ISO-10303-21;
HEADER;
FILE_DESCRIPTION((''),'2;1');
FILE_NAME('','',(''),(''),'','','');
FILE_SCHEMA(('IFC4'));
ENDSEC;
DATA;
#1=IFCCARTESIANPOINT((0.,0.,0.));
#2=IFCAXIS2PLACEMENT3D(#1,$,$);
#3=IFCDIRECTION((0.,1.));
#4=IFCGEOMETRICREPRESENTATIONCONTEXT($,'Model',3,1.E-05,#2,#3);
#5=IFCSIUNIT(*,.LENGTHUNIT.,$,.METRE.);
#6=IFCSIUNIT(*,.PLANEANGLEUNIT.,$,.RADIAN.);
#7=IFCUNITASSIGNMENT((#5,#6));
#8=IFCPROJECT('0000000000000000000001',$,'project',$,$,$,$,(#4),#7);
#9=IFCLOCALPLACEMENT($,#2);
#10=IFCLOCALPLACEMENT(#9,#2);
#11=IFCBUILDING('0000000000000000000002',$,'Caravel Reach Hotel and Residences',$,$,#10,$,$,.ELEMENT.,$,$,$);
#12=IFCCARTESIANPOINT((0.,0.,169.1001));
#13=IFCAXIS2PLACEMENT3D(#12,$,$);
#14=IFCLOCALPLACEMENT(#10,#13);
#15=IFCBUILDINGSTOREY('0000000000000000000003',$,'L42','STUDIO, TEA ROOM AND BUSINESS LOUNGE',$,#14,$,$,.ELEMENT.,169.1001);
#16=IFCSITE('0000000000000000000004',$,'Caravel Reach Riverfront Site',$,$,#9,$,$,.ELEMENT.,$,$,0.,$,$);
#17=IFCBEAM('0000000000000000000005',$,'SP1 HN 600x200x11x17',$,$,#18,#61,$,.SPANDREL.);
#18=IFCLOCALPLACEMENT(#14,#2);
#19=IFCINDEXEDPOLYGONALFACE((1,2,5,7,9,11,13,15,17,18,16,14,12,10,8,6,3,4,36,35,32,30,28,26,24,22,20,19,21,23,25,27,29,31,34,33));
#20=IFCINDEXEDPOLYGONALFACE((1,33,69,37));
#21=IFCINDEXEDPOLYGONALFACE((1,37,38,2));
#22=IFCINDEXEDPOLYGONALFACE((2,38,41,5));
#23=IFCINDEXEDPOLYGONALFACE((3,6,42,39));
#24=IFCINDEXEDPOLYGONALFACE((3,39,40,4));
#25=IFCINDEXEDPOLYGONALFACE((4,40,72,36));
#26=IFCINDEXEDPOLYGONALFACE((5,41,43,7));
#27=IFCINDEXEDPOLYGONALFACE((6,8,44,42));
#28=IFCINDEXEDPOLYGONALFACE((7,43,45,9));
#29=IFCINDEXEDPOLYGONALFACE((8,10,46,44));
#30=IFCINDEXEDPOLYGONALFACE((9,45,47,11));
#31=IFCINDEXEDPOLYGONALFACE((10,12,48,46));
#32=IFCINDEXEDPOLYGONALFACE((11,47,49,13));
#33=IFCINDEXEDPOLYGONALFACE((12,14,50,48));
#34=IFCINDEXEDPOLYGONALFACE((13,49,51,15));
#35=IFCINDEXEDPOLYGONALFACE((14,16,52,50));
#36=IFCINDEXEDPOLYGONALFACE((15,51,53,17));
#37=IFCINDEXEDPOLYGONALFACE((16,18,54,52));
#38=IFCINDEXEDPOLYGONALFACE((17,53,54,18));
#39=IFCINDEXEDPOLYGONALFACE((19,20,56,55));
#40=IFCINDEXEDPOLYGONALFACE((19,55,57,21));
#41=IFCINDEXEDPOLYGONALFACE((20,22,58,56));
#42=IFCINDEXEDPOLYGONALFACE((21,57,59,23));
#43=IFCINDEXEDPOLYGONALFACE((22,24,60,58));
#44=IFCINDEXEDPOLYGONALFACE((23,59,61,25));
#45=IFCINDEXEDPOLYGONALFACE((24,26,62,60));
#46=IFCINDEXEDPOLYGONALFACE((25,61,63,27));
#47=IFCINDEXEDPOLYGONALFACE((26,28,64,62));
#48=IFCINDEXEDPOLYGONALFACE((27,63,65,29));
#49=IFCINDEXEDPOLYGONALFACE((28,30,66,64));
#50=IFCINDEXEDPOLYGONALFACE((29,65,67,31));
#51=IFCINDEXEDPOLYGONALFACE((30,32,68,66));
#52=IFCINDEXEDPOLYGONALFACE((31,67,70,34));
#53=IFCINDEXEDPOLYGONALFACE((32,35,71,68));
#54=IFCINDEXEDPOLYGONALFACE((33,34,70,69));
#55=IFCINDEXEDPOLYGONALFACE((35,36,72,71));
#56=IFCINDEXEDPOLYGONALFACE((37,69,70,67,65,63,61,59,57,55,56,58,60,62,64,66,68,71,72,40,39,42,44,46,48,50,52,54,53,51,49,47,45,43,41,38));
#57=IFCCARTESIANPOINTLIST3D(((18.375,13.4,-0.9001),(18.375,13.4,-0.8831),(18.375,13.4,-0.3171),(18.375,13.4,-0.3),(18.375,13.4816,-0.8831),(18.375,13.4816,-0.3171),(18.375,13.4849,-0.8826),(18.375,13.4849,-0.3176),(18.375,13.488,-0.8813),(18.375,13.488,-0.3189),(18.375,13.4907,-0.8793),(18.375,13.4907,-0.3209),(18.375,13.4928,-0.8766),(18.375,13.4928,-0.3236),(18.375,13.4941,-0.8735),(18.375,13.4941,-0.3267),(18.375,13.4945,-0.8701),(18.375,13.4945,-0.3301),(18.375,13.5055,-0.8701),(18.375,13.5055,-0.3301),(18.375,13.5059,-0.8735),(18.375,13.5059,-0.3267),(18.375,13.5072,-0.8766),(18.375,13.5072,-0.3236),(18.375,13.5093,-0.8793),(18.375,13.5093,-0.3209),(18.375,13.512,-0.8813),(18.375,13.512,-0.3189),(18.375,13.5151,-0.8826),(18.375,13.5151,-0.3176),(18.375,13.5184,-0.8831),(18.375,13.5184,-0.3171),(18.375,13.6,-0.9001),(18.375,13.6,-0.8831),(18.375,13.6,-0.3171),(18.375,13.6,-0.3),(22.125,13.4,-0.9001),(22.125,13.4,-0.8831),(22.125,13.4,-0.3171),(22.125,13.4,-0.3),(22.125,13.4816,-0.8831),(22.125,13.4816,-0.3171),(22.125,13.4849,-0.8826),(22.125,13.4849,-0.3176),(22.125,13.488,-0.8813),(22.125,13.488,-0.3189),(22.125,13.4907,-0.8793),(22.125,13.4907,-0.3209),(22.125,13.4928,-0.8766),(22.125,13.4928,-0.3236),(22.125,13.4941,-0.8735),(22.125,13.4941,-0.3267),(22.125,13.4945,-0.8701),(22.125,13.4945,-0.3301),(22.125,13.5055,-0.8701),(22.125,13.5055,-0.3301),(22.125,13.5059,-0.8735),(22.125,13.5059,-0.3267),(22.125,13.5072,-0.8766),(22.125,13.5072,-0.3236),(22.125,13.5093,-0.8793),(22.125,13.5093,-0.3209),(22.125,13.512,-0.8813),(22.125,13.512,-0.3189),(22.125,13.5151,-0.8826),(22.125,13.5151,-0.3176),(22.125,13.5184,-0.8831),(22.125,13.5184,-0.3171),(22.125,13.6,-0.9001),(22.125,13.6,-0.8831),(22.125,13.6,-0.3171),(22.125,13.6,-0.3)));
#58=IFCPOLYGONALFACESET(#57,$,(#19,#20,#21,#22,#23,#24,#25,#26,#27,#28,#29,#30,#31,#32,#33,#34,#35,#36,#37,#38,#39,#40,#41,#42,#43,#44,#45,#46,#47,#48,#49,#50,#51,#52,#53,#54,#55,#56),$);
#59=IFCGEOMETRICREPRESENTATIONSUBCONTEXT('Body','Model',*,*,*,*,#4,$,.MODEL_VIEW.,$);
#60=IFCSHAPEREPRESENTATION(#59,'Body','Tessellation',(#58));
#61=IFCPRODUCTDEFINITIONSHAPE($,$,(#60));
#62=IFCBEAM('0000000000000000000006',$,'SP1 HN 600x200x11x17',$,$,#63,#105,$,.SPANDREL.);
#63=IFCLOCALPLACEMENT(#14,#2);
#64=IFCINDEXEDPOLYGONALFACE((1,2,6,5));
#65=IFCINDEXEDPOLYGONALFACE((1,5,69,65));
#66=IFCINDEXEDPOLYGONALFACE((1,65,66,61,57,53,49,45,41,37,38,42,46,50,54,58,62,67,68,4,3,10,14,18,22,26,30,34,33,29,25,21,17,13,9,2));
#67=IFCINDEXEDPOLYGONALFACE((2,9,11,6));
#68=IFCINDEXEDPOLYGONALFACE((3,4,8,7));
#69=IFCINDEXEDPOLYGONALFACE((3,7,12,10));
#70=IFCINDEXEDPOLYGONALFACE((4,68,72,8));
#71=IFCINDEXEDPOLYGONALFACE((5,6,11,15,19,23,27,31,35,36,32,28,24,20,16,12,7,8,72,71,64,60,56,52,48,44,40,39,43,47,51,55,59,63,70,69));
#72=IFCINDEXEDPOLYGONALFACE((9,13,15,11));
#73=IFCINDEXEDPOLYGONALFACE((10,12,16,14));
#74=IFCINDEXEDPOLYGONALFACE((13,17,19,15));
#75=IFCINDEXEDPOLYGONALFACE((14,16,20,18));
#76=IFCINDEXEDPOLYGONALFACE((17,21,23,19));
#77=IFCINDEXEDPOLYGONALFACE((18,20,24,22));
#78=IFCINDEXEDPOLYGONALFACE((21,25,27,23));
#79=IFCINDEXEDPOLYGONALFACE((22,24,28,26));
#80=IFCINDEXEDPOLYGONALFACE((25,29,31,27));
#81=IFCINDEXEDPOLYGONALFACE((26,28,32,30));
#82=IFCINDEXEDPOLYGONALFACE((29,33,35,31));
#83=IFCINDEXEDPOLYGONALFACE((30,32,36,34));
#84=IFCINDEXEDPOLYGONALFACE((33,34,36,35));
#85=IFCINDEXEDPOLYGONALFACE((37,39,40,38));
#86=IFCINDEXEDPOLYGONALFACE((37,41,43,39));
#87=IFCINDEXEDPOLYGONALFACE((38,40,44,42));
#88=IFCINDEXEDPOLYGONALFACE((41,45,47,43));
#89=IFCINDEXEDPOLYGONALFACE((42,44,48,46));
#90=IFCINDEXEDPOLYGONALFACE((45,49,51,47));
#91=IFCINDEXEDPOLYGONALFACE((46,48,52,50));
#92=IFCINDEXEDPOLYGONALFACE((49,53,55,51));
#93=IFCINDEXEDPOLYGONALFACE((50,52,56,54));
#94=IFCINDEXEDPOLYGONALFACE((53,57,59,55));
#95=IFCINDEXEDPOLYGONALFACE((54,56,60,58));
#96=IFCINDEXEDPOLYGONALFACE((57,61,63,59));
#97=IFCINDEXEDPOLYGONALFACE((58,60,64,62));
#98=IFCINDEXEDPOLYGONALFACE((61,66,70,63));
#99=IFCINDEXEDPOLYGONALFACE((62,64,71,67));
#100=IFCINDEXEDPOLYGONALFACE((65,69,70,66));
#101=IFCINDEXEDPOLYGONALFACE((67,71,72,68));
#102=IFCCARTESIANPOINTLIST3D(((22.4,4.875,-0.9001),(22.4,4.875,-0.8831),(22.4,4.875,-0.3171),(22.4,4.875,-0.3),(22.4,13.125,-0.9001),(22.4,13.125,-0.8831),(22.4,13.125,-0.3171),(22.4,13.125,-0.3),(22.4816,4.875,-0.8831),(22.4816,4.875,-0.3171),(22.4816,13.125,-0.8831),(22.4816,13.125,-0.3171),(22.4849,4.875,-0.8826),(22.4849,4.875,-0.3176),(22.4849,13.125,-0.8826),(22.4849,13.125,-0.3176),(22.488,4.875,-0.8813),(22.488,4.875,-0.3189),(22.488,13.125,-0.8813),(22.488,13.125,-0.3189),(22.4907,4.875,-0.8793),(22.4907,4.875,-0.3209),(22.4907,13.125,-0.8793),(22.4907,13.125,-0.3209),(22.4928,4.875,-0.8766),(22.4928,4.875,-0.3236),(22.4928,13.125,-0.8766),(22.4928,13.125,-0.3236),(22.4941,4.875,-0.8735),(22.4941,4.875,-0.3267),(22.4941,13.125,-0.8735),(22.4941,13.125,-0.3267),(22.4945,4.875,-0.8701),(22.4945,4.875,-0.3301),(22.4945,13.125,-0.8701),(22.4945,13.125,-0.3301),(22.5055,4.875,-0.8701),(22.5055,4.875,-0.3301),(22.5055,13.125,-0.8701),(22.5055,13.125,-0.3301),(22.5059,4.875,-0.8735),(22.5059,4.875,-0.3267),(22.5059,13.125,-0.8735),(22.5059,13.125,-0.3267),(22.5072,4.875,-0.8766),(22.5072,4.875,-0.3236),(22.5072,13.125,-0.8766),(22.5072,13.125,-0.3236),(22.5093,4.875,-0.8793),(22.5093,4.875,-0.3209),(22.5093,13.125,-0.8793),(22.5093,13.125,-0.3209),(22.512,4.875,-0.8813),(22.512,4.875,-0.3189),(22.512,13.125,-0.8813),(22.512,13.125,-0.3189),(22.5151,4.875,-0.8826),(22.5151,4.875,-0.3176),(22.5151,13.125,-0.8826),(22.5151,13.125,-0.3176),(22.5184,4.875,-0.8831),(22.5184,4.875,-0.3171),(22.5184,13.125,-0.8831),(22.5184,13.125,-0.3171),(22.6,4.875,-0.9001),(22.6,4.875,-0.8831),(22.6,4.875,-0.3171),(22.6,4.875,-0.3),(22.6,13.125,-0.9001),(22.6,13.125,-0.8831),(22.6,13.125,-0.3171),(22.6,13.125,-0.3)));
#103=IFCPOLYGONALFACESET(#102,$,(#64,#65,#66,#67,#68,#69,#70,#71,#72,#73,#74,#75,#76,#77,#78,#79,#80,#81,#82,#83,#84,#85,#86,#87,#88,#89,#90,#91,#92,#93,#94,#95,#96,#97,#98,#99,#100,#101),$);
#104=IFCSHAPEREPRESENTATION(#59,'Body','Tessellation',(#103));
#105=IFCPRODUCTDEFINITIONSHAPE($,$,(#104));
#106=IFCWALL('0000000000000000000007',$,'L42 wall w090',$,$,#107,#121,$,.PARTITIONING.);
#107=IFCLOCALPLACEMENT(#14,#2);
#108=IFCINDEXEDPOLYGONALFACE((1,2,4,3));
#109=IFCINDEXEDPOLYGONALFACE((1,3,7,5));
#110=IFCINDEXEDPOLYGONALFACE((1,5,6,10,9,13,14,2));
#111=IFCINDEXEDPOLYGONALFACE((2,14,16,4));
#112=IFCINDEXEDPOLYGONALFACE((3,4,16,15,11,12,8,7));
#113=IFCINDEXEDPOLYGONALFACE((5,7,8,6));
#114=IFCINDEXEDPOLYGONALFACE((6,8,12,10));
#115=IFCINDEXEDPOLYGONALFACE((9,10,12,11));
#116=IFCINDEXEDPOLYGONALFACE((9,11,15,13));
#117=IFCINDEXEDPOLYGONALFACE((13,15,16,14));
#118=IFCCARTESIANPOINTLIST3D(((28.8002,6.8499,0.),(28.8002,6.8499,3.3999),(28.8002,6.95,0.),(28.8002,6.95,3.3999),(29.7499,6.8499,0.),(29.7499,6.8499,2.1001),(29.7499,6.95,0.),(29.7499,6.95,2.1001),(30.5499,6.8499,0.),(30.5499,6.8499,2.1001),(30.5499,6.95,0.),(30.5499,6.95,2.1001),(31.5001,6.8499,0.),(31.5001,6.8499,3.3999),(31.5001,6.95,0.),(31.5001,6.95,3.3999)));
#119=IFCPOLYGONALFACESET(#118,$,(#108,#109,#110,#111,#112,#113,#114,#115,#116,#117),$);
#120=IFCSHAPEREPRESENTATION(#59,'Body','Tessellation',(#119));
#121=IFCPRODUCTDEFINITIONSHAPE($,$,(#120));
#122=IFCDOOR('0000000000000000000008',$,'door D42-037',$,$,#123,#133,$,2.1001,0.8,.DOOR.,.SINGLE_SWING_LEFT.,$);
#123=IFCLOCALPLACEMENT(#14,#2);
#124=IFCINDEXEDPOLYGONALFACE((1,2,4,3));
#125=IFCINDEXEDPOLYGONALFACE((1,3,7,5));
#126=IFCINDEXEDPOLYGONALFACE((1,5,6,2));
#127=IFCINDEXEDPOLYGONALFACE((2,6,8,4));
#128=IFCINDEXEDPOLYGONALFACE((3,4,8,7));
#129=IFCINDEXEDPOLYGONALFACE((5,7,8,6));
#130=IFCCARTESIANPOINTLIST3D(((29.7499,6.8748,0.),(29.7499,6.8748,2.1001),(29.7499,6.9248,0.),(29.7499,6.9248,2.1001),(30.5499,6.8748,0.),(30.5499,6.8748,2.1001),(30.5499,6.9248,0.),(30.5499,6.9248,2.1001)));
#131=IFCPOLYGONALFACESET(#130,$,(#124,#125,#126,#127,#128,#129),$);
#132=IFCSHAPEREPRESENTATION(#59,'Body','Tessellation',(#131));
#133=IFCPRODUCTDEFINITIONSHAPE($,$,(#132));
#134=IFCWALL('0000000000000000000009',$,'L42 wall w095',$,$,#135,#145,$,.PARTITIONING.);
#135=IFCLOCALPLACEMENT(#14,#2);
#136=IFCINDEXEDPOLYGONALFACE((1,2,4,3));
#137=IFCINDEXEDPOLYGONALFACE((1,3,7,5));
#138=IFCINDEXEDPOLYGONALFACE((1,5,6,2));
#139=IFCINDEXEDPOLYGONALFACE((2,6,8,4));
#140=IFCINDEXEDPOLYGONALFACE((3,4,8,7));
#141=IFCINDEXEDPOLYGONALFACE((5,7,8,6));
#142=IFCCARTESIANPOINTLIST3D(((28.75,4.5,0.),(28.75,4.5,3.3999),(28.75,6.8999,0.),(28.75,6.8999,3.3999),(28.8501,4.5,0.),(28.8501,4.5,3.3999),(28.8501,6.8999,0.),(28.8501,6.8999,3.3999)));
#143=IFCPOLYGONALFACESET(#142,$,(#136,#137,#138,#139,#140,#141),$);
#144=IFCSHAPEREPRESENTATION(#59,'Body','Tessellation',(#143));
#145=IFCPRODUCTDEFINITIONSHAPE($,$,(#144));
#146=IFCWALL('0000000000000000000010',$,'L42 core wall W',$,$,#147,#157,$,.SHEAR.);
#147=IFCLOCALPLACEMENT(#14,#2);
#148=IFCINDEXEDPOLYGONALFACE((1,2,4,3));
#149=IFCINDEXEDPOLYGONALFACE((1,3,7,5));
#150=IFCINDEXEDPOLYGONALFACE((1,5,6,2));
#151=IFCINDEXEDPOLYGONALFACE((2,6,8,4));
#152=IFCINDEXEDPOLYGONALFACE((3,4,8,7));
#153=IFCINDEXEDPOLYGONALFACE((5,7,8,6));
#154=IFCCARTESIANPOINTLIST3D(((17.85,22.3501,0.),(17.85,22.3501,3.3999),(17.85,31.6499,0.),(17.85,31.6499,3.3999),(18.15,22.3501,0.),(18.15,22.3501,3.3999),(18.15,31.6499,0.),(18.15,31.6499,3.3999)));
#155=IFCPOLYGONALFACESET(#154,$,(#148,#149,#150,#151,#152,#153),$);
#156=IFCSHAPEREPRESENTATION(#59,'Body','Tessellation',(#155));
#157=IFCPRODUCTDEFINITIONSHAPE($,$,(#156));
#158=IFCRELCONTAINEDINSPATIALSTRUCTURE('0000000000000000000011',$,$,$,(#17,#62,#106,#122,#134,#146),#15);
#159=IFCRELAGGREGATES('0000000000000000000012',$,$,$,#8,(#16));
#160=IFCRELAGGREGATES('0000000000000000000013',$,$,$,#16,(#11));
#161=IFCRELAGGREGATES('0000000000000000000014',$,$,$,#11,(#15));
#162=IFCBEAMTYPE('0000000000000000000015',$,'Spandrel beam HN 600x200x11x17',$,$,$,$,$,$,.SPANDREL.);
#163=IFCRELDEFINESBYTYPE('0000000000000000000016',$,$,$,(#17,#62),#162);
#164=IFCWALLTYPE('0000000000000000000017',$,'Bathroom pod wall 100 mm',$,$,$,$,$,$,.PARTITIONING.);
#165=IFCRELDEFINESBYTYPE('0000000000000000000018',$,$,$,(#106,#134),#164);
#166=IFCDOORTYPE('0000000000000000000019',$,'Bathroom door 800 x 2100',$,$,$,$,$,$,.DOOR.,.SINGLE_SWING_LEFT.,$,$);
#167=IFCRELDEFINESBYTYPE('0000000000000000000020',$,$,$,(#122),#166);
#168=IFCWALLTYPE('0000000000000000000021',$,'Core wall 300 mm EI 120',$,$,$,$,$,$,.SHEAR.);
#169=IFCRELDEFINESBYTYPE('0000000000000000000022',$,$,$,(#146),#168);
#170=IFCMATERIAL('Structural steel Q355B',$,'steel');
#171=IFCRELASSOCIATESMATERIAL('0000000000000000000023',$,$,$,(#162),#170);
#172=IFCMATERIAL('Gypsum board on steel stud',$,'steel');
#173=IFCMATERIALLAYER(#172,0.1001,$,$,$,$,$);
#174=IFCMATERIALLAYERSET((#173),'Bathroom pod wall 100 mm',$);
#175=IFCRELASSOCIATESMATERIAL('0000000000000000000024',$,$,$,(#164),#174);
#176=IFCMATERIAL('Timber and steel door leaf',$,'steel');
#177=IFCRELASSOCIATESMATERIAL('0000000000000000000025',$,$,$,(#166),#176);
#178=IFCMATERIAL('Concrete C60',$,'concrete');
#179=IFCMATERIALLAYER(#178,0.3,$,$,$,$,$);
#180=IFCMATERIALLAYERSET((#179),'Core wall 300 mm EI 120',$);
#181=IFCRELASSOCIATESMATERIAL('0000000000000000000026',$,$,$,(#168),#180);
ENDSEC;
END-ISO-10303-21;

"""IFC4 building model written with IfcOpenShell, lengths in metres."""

from ifc_helpers import new_model, si_unit, direction, frame, frame_2d, origin, origin_2d, place, context, subcontext, project, spatial, rectangle, i_section, extrude, material, layer, layer_set, material_profile, profile_set, type_object, element, fill, save


model = new_model("IFC4")

# Units and contexts
model_context = context("Model", 3, precision=1e-05, world=origin(), true_north=direction((0.0, 1.0)))
body_context = subcontext(model_context, "Body", "Model", "MODEL_VIEW")
ifc_project = project(units=[si_unit("LENGTHUNIT", "METRE"), si_unit("PLANEANGLEUNIT", "RADIAN")], contexts=[model_context])

# Site, building, storey
site_placement = place(None, origin())
site = spatial("IfcSite", under=ifc_project, at=site_placement, Name="Caravel Reach Riverfront Site", CompositionType="ELEMENT", RefElevation=0.0)
building_placement = place(site_placement, origin())
building = spatial("IfcBuilding", under=site, at=building_placement, Name="Caravel Reach Hotel and Residences", CompositionType="ELEMENT")
storey_placement = place(building_placement, frame((0.0, 0.0, 169.1001)))
storey = spatial("IfcBuildingStorey", under=building, at=storey_placement, Name="L42", Description="STUDIO, TEA ROOM AND BUSINESS LOUNGE", CompositionType="ELEMENT", Elevation=169.1001)

# Beams
ifc_material_1 = material(Name="Structural steel Q355B", Category="steel")
ifc_material_profile_1 = material_profile(ifc_material_1, i_section(OverallWidth=0.2, OverallDepth=0.6001, WebThickness=0.011, FlangeThickness=0.0171, FilletRadius=0.0129, at=origin_2d()), Name="HN 600x200x11x17")
ifc_profile_set_1 = profile_set([ifc_material_profile_1], Name="Structural steel Q355B")
beam_type_1 = type_object("IfcBeamType", Name="Spandrel beam HN 600x200x11x17", PredefinedType="SPANDREL", material=ifc_profile_set_1)
beam_1_placement = place(storey_placement, frame((18.375, 13.5, -0.6001), z_axis=(1.0, 0.0, 0.0), x_axis=(0.0, 1.0, 0.0)))
element("IfcBeam", 1, at=beam_1_placement, inside=storey, type_object=beam_type_1, Name="SP1 HN 600x200x11x17", PredefinedType="SPANDREL", context=body_context, shape_type="SweptSolid", body=[
    extrude(i_section(OverallWidth=0.2, OverallDepth=0.6001, WebThickness=0.011, FlangeThickness=0.0171, FilletRadius=0.0129, at=origin_2d()), origin(), (0.0, 0.0, 1.0), 3.75),
])
beam_2_placement = place(storey_placement, frame((22.5, 13.125, -0.6001), z_axis=(0.0, -1.0, 0.0), x_axis=(1.0, 0.0, 0.0)))
element("IfcBeam", 2, at=beam_2_placement, inside=storey, type_object=beam_type_1, Name="SP1 HN 600x200x11x17", PredefinedType="SPANDREL", context=body_context, shape_type="SweptSolid", body=[
    extrude(i_section(OverallWidth=0.2, OverallDepth=0.6001, WebThickness=0.011, FlangeThickness=0.0171, FilletRadius=0.0129, at=origin_2d()), origin(), (0.0, 0.0, 1.0), 8.25),
])

# Wall, opening, door
ifc_material_2 = material(Name="Gypsum board on steel stud", Category="steel")
ifc_layer_1 = layer(ifc_material_2, 0.1001)
ifc_layer_set_1 = layer_set([ifc_layer_1], Name="Bathroom pod wall 100 mm")
wall_type_1 = type_object("IfcWallType", Name="Bathroom pod wall 100 mm", PredefinedType="PARTITIONING", material=ifc_layer_set_1)
wall_1_placement = place(storey_placement, frame((28.8, 6.8999, 0.0), z_axis=(0.0, 0.0, 1.0), x_axis=(1.0, 0.0, 0.0)))
wall_1 = element("IfcWall", 3, at=wall_1_placement, inside=storey, type_object=wall_type_1, Name="L42 wall w090", PredefinedType="PARTITIONING", context=body_context, shape_type="SweptSolid", body=[
    extrude(rectangle(XDim=2.7, YDim=0.1001, at=frame_2d((1.3501, 0.0))), origin(), (0.0, 0.0, 1.0), 3.3999),
])
opening_1_placement = place(wall_1_placement, frame((0.95, 0.0, 0.0)))
opening_1 = element("IfcOpeningElement", 4, at=opening_1_placement, cuts=wall_1, PredefinedType="OPENING", context=body_context, shape_type="SweptSolid", body=[
    extrude(rectangle(XDim=0.8, YDim=2.1001, at=frame_2d((0.3999, 1.05))), frame((0.0, 0.0601, 0.0), z_axis=(0.0, -1.0, 0.0), x_axis=(1.0, 0.0, 0.0)), (0.0, 0.0, 1.0), 0.1201),
])
ifc_material_3 = material(Name="Timber and steel door leaf", Category="steel")
door_type_1 = type_object("IfcDoorType", Name="Bathroom door 800 x 2100", OperationType="SINGLE_SWING_LEFT", PredefinedType="DOOR", material=ifc_material_3)
door_1_placement = place(opening_1_placement, origin())
door_1 = element("IfcDoor", 5, at=door_1_placement, inside=storey, type_object=door_type_1, Name="door D42-037", OperationType="SINGLE_SWING_LEFT", OverallHeight=2.1001, OverallWidth=0.8, PredefinedType="DOOR", context=body_context, shape_type="SweptSolid", body=[
    extrude(rectangle(XDim=0.8, YDim=2.1001, at=frame_2d((0.3999, 1.05))), frame((0.0, 0.0249, 0.0), z_axis=(0.0, -1.0, 0.0), x_axis=(1.0, 0.0, 0.0)), (0.0, 0.0, 1.0), 0.05),
])
fill(opening_1, door_1)

# Walls
wall_2_placement = place(storey_placement, frame((28.8, 4.5, 0.0), z_axis=(0.0, 0.0, 1.0), x_axis=(0.0, 1.0, 0.0)))
element("IfcWall", 6, at=wall_2_placement, inside=storey, type_object=wall_type_1, Name="L42 wall w095", PredefinedType="PARTITIONING", context=body_context, shape_type="SweptSolid", body=[
    extrude(rectangle(XDim=2.3999, YDim=0.1001, at=frame_2d((1.2, 0.0))), origin(), (0.0, 0.0, 1.0), 3.3999),
])
ifc_material_4 = material(Name="Concrete C60", Category="concrete")
ifc_layer_2 = layer(ifc_material_4, 0.3)
ifc_layer_set_2 = layer_set([ifc_layer_2], Name="Core wall 300 mm EI 120")
wall_type_2 = type_object("IfcWallType", Name="Core wall 300 mm EI 120", PredefinedType="SHEAR", material=ifc_layer_set_2)
wall_3_placement = place(storey_placement, frame((18.0, 22.3501, 0.0), z_axis=(0.0, 0.0, 1.0), x_axis=(0.0, 1.0, 0.0)))
element("IfcWall", 7, at=wall_3_placement, inside=storey, type_object=wall_type_2, Name="L42 core wall W", PredefinedType="SHEAR", context=body_context, shape_type="SweptSolid", body=[
    extrude(rectangle(XDim=9.2998, YDim=0.3, at=frame_2d((4.6499, 0.0))), origin(), (0.0, 0.0, 1.0), 3.3999),
])

save(model, "model.ifc")
